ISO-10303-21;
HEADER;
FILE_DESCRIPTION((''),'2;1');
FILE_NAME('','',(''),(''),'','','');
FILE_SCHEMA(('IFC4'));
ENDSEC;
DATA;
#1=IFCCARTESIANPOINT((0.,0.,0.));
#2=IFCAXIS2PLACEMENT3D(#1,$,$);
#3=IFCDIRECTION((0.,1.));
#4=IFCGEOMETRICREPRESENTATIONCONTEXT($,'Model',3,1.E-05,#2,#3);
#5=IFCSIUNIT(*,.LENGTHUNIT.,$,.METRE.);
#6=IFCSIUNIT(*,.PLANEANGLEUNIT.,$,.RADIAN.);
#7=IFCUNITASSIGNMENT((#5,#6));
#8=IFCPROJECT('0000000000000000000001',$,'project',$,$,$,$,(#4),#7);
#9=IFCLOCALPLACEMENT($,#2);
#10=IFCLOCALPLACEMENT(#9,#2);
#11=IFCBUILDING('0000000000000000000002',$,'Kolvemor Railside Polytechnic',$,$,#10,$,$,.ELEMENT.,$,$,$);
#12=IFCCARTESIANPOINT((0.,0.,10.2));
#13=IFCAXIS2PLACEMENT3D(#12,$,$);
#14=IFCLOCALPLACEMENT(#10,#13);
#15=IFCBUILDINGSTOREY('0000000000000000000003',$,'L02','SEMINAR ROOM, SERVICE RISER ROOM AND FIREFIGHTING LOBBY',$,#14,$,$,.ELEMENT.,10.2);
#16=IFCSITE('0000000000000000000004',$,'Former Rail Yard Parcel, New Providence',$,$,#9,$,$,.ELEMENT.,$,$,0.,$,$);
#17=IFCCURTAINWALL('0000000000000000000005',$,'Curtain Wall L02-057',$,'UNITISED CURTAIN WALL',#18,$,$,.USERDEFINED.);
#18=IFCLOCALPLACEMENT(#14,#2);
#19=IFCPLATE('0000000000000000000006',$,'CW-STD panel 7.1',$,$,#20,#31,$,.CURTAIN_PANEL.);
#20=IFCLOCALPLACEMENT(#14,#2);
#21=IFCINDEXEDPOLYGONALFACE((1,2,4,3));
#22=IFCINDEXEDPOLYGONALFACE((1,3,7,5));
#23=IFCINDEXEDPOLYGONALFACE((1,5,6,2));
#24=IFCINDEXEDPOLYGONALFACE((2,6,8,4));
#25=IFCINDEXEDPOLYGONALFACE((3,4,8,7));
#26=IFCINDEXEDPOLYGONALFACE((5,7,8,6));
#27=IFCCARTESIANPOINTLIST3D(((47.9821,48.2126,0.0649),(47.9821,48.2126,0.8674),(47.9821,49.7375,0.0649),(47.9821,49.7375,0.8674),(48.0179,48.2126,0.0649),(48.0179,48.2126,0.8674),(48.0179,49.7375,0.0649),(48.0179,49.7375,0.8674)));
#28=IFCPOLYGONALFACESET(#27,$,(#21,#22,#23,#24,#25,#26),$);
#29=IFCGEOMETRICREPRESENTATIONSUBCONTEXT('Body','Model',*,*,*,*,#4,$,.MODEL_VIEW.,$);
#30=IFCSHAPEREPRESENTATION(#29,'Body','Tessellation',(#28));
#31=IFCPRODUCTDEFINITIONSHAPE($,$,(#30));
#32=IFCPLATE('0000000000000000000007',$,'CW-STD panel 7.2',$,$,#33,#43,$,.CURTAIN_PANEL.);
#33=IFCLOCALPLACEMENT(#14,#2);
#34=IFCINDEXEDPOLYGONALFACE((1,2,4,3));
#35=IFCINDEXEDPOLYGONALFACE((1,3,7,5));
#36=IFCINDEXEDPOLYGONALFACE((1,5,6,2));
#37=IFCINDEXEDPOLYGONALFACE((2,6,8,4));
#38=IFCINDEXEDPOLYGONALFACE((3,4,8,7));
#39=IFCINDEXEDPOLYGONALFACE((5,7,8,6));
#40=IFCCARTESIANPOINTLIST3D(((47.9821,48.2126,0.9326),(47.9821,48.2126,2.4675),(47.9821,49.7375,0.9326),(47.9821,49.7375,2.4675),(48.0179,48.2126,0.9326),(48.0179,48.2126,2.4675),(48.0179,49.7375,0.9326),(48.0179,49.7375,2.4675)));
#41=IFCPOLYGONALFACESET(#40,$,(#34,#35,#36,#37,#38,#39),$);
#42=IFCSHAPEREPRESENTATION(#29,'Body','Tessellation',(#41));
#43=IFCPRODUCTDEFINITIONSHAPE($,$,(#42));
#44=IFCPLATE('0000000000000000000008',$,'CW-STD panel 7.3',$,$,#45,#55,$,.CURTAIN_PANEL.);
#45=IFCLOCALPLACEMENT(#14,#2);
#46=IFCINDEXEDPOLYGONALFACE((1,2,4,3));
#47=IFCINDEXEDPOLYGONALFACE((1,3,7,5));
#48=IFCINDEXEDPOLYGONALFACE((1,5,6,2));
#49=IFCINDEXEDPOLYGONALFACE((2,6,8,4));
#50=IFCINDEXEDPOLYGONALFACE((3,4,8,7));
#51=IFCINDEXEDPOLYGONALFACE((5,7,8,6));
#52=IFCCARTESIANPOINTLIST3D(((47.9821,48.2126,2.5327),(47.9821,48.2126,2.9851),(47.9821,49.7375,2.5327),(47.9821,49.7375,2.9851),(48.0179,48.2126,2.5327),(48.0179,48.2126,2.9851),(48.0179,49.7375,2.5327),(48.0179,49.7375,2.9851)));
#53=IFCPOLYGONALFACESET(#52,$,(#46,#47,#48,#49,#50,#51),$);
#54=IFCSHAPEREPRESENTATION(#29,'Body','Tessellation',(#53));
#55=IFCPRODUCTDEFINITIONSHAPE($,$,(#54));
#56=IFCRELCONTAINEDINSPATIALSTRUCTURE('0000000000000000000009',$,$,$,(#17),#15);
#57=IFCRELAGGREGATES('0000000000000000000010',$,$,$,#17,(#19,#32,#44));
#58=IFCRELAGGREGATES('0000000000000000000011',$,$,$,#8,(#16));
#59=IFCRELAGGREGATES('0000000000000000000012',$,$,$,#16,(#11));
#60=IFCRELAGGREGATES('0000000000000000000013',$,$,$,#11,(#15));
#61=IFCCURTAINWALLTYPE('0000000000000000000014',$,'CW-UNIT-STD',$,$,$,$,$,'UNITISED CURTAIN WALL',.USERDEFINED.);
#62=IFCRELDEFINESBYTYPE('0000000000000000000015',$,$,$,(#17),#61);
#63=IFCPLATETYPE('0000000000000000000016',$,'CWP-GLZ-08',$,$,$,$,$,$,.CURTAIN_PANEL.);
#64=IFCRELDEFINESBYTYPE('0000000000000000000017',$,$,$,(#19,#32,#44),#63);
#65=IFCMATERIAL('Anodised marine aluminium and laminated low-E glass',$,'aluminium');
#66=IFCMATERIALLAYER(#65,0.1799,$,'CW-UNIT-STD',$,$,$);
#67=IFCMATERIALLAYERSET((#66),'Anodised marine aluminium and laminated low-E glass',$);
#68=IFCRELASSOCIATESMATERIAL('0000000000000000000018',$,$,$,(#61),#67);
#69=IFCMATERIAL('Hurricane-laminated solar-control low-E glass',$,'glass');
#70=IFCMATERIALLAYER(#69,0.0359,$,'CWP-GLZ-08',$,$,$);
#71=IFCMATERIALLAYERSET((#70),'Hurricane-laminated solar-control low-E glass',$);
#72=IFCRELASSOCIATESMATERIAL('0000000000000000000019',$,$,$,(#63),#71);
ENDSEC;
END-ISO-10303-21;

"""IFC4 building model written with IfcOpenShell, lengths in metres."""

from ifc_helpers import new_model, si_unit, direction, frame, origin, origin_2d, place, context, subcontext, project, spatial, rectangle, extrude, material, layer, layer_set, type_object, element, aggregate, save


model = new_model("IFC4")

# Units and contexts
model_context = context("Model", 3, precision=1e-05, world=origin(), true_north=direction((0.0, 1.0)))
body_context = subcontext(model_context, "Body", "Model", "MODEL_VIEW")
ifc_project = project(units=[si_unit("LENGTHUNIT", "METRE"), si_unit("PLANEANGLEUNIT", "RADIAN")], contexts=[model_context])

# Site, building, storey
site_placement = place(None, origin())
site = spatial("IfcSite", under=ifc_project, at=site_placement, Name="Former Rail Yard Parcel, New Providence", CompositionType="ELEMENT", RefElevation=0.0)
building_placement = place(site_placement, origin())
building = spatial("IfcBuilding", under=site, at=building_placement, Name="Kolvemor Railside Polytechnic", CompositionType="ELEMENT")
storey_placement = place(building_placement, frame((0.0, 0.0, 10.2)))
storey = spatial("IfcBuildingStorey", under=building, at=storey_placement, Name="L02", Description="SEMINAR ROOM, SERVICE RISER ROOM AND FIREFIGHTING LOBBY", CompositionType="ELEMENT", Elevation=10.2)

# Curtain wall
ifc_material_1 = material(Name="Anodised marine aluminium and laminated low-E glass", Category="aluminium")
ifc_layer_1 = layer(ifc_material_1, 0.1799, Name="CW-UNIT-STD")
ifc_layer_set_1 = layer_set([ifc_layer_1], Name="Anodised marine aluminium and laminated low-E glass")
curtain_wall_type = type_object("IfcCurtainWallType", Name="CW-UNIT-STD", ElementType="UNITISED CURTAIN WALL", PredefinedType="USERDEFINED", material=ifc_layer_set_1)
curtain_wall_1_placement = place(storey_placement, origin())
curtain_wall_1 = element("IfcCurtainWall", 1, at=curtain_wall_1_placement, inside=storey, type_object=curtain_wall_type, Name="Curtain Wall L02-057", ObjectType="UNITISED CURTAIN WALL", PredefinedType="USERDEFINED")

# Plates
ifc_material_2 = material(Name="Hurricane-laminated solar-control low-E glass", Category="glass")
ifc_layer_2 = layer(ifc_material_2, 0.0359, Name="CWP-GLZ-08")
ifc_layer_set_2 = layer_set([ifc_layer_2], Name="Hurricane-laminated solar-control low-E glass")
plate_type_1 = type_object("IfcPlateType", Name="CWP-GLZ-08", PredefinedType="CURTAIN_PANEL", material=ifc_layer_set_2)
plate_1_placement = place(storey_placement, frame((48.0, 48.9751, 0.0649), z_axis=(0.0, 0.0, 1.0), x_axis=(0.0, 1.0, 0.0)))
plate_1 = element("IfcPlate", 2, at=plate_1_placement, type_object=plate_type_1, Name="CW-STD panel 7.1", PredefinedType="CURTAIN_PANEL", context=body_context, shape_type="SweptSolid", body=[
    extrude(rectangle(XDim=1.5249, YDim=0.0359, at=origin_2d()), origin(), (0.0, 0.0, 1.0), 0.8025),
])
plate_2_placement = place(storey_placement, frame((48.0, 48.9751, 0.9326), z_axis=(0.0, 0.0, 1.0), x_axis=(0.0, 1.0, 0.0)))
plate_2 = element("IfcPlate", 3, at=plate_2_placement, type_object=plate_type_1, Name="CW-STD panel 7.2", PredefinedType="CURTAIN_PANEL", context=body_context, shape_type="SweptSolid", body=[
    extrude(rectangle(XDim=1.5249, YDim=0.0359, at=origin_2d()), origin(), (0.0, 0.0, 1.0), 1.5349),
])
plate_3_placement = place(storey_placement, frame((48.0, 48.9751, 2.5327), z_axis=(0.0, 0.0, 1.0), x_axis=(0.0, 1.0, 0.0)))
plate_3 = element("IfcPlate", 4, at=plate_3_placement, type_object=plate_type_1, Name="CW-STD panel 7.3", PredefinedType="CURTAIN_PANEL", context=body_context, shape_type="SweptSolid", body=[
    extrude(rectangle(XDim=1.5249, YDim=0.0359, at=origin_2d()), origin(), (0.0, 0.0, 1.0), 0.4524),
])
aggregate(curtain_wall_1, [plate_1, plate_2, plate_3])

save(model, "model.ifc")
